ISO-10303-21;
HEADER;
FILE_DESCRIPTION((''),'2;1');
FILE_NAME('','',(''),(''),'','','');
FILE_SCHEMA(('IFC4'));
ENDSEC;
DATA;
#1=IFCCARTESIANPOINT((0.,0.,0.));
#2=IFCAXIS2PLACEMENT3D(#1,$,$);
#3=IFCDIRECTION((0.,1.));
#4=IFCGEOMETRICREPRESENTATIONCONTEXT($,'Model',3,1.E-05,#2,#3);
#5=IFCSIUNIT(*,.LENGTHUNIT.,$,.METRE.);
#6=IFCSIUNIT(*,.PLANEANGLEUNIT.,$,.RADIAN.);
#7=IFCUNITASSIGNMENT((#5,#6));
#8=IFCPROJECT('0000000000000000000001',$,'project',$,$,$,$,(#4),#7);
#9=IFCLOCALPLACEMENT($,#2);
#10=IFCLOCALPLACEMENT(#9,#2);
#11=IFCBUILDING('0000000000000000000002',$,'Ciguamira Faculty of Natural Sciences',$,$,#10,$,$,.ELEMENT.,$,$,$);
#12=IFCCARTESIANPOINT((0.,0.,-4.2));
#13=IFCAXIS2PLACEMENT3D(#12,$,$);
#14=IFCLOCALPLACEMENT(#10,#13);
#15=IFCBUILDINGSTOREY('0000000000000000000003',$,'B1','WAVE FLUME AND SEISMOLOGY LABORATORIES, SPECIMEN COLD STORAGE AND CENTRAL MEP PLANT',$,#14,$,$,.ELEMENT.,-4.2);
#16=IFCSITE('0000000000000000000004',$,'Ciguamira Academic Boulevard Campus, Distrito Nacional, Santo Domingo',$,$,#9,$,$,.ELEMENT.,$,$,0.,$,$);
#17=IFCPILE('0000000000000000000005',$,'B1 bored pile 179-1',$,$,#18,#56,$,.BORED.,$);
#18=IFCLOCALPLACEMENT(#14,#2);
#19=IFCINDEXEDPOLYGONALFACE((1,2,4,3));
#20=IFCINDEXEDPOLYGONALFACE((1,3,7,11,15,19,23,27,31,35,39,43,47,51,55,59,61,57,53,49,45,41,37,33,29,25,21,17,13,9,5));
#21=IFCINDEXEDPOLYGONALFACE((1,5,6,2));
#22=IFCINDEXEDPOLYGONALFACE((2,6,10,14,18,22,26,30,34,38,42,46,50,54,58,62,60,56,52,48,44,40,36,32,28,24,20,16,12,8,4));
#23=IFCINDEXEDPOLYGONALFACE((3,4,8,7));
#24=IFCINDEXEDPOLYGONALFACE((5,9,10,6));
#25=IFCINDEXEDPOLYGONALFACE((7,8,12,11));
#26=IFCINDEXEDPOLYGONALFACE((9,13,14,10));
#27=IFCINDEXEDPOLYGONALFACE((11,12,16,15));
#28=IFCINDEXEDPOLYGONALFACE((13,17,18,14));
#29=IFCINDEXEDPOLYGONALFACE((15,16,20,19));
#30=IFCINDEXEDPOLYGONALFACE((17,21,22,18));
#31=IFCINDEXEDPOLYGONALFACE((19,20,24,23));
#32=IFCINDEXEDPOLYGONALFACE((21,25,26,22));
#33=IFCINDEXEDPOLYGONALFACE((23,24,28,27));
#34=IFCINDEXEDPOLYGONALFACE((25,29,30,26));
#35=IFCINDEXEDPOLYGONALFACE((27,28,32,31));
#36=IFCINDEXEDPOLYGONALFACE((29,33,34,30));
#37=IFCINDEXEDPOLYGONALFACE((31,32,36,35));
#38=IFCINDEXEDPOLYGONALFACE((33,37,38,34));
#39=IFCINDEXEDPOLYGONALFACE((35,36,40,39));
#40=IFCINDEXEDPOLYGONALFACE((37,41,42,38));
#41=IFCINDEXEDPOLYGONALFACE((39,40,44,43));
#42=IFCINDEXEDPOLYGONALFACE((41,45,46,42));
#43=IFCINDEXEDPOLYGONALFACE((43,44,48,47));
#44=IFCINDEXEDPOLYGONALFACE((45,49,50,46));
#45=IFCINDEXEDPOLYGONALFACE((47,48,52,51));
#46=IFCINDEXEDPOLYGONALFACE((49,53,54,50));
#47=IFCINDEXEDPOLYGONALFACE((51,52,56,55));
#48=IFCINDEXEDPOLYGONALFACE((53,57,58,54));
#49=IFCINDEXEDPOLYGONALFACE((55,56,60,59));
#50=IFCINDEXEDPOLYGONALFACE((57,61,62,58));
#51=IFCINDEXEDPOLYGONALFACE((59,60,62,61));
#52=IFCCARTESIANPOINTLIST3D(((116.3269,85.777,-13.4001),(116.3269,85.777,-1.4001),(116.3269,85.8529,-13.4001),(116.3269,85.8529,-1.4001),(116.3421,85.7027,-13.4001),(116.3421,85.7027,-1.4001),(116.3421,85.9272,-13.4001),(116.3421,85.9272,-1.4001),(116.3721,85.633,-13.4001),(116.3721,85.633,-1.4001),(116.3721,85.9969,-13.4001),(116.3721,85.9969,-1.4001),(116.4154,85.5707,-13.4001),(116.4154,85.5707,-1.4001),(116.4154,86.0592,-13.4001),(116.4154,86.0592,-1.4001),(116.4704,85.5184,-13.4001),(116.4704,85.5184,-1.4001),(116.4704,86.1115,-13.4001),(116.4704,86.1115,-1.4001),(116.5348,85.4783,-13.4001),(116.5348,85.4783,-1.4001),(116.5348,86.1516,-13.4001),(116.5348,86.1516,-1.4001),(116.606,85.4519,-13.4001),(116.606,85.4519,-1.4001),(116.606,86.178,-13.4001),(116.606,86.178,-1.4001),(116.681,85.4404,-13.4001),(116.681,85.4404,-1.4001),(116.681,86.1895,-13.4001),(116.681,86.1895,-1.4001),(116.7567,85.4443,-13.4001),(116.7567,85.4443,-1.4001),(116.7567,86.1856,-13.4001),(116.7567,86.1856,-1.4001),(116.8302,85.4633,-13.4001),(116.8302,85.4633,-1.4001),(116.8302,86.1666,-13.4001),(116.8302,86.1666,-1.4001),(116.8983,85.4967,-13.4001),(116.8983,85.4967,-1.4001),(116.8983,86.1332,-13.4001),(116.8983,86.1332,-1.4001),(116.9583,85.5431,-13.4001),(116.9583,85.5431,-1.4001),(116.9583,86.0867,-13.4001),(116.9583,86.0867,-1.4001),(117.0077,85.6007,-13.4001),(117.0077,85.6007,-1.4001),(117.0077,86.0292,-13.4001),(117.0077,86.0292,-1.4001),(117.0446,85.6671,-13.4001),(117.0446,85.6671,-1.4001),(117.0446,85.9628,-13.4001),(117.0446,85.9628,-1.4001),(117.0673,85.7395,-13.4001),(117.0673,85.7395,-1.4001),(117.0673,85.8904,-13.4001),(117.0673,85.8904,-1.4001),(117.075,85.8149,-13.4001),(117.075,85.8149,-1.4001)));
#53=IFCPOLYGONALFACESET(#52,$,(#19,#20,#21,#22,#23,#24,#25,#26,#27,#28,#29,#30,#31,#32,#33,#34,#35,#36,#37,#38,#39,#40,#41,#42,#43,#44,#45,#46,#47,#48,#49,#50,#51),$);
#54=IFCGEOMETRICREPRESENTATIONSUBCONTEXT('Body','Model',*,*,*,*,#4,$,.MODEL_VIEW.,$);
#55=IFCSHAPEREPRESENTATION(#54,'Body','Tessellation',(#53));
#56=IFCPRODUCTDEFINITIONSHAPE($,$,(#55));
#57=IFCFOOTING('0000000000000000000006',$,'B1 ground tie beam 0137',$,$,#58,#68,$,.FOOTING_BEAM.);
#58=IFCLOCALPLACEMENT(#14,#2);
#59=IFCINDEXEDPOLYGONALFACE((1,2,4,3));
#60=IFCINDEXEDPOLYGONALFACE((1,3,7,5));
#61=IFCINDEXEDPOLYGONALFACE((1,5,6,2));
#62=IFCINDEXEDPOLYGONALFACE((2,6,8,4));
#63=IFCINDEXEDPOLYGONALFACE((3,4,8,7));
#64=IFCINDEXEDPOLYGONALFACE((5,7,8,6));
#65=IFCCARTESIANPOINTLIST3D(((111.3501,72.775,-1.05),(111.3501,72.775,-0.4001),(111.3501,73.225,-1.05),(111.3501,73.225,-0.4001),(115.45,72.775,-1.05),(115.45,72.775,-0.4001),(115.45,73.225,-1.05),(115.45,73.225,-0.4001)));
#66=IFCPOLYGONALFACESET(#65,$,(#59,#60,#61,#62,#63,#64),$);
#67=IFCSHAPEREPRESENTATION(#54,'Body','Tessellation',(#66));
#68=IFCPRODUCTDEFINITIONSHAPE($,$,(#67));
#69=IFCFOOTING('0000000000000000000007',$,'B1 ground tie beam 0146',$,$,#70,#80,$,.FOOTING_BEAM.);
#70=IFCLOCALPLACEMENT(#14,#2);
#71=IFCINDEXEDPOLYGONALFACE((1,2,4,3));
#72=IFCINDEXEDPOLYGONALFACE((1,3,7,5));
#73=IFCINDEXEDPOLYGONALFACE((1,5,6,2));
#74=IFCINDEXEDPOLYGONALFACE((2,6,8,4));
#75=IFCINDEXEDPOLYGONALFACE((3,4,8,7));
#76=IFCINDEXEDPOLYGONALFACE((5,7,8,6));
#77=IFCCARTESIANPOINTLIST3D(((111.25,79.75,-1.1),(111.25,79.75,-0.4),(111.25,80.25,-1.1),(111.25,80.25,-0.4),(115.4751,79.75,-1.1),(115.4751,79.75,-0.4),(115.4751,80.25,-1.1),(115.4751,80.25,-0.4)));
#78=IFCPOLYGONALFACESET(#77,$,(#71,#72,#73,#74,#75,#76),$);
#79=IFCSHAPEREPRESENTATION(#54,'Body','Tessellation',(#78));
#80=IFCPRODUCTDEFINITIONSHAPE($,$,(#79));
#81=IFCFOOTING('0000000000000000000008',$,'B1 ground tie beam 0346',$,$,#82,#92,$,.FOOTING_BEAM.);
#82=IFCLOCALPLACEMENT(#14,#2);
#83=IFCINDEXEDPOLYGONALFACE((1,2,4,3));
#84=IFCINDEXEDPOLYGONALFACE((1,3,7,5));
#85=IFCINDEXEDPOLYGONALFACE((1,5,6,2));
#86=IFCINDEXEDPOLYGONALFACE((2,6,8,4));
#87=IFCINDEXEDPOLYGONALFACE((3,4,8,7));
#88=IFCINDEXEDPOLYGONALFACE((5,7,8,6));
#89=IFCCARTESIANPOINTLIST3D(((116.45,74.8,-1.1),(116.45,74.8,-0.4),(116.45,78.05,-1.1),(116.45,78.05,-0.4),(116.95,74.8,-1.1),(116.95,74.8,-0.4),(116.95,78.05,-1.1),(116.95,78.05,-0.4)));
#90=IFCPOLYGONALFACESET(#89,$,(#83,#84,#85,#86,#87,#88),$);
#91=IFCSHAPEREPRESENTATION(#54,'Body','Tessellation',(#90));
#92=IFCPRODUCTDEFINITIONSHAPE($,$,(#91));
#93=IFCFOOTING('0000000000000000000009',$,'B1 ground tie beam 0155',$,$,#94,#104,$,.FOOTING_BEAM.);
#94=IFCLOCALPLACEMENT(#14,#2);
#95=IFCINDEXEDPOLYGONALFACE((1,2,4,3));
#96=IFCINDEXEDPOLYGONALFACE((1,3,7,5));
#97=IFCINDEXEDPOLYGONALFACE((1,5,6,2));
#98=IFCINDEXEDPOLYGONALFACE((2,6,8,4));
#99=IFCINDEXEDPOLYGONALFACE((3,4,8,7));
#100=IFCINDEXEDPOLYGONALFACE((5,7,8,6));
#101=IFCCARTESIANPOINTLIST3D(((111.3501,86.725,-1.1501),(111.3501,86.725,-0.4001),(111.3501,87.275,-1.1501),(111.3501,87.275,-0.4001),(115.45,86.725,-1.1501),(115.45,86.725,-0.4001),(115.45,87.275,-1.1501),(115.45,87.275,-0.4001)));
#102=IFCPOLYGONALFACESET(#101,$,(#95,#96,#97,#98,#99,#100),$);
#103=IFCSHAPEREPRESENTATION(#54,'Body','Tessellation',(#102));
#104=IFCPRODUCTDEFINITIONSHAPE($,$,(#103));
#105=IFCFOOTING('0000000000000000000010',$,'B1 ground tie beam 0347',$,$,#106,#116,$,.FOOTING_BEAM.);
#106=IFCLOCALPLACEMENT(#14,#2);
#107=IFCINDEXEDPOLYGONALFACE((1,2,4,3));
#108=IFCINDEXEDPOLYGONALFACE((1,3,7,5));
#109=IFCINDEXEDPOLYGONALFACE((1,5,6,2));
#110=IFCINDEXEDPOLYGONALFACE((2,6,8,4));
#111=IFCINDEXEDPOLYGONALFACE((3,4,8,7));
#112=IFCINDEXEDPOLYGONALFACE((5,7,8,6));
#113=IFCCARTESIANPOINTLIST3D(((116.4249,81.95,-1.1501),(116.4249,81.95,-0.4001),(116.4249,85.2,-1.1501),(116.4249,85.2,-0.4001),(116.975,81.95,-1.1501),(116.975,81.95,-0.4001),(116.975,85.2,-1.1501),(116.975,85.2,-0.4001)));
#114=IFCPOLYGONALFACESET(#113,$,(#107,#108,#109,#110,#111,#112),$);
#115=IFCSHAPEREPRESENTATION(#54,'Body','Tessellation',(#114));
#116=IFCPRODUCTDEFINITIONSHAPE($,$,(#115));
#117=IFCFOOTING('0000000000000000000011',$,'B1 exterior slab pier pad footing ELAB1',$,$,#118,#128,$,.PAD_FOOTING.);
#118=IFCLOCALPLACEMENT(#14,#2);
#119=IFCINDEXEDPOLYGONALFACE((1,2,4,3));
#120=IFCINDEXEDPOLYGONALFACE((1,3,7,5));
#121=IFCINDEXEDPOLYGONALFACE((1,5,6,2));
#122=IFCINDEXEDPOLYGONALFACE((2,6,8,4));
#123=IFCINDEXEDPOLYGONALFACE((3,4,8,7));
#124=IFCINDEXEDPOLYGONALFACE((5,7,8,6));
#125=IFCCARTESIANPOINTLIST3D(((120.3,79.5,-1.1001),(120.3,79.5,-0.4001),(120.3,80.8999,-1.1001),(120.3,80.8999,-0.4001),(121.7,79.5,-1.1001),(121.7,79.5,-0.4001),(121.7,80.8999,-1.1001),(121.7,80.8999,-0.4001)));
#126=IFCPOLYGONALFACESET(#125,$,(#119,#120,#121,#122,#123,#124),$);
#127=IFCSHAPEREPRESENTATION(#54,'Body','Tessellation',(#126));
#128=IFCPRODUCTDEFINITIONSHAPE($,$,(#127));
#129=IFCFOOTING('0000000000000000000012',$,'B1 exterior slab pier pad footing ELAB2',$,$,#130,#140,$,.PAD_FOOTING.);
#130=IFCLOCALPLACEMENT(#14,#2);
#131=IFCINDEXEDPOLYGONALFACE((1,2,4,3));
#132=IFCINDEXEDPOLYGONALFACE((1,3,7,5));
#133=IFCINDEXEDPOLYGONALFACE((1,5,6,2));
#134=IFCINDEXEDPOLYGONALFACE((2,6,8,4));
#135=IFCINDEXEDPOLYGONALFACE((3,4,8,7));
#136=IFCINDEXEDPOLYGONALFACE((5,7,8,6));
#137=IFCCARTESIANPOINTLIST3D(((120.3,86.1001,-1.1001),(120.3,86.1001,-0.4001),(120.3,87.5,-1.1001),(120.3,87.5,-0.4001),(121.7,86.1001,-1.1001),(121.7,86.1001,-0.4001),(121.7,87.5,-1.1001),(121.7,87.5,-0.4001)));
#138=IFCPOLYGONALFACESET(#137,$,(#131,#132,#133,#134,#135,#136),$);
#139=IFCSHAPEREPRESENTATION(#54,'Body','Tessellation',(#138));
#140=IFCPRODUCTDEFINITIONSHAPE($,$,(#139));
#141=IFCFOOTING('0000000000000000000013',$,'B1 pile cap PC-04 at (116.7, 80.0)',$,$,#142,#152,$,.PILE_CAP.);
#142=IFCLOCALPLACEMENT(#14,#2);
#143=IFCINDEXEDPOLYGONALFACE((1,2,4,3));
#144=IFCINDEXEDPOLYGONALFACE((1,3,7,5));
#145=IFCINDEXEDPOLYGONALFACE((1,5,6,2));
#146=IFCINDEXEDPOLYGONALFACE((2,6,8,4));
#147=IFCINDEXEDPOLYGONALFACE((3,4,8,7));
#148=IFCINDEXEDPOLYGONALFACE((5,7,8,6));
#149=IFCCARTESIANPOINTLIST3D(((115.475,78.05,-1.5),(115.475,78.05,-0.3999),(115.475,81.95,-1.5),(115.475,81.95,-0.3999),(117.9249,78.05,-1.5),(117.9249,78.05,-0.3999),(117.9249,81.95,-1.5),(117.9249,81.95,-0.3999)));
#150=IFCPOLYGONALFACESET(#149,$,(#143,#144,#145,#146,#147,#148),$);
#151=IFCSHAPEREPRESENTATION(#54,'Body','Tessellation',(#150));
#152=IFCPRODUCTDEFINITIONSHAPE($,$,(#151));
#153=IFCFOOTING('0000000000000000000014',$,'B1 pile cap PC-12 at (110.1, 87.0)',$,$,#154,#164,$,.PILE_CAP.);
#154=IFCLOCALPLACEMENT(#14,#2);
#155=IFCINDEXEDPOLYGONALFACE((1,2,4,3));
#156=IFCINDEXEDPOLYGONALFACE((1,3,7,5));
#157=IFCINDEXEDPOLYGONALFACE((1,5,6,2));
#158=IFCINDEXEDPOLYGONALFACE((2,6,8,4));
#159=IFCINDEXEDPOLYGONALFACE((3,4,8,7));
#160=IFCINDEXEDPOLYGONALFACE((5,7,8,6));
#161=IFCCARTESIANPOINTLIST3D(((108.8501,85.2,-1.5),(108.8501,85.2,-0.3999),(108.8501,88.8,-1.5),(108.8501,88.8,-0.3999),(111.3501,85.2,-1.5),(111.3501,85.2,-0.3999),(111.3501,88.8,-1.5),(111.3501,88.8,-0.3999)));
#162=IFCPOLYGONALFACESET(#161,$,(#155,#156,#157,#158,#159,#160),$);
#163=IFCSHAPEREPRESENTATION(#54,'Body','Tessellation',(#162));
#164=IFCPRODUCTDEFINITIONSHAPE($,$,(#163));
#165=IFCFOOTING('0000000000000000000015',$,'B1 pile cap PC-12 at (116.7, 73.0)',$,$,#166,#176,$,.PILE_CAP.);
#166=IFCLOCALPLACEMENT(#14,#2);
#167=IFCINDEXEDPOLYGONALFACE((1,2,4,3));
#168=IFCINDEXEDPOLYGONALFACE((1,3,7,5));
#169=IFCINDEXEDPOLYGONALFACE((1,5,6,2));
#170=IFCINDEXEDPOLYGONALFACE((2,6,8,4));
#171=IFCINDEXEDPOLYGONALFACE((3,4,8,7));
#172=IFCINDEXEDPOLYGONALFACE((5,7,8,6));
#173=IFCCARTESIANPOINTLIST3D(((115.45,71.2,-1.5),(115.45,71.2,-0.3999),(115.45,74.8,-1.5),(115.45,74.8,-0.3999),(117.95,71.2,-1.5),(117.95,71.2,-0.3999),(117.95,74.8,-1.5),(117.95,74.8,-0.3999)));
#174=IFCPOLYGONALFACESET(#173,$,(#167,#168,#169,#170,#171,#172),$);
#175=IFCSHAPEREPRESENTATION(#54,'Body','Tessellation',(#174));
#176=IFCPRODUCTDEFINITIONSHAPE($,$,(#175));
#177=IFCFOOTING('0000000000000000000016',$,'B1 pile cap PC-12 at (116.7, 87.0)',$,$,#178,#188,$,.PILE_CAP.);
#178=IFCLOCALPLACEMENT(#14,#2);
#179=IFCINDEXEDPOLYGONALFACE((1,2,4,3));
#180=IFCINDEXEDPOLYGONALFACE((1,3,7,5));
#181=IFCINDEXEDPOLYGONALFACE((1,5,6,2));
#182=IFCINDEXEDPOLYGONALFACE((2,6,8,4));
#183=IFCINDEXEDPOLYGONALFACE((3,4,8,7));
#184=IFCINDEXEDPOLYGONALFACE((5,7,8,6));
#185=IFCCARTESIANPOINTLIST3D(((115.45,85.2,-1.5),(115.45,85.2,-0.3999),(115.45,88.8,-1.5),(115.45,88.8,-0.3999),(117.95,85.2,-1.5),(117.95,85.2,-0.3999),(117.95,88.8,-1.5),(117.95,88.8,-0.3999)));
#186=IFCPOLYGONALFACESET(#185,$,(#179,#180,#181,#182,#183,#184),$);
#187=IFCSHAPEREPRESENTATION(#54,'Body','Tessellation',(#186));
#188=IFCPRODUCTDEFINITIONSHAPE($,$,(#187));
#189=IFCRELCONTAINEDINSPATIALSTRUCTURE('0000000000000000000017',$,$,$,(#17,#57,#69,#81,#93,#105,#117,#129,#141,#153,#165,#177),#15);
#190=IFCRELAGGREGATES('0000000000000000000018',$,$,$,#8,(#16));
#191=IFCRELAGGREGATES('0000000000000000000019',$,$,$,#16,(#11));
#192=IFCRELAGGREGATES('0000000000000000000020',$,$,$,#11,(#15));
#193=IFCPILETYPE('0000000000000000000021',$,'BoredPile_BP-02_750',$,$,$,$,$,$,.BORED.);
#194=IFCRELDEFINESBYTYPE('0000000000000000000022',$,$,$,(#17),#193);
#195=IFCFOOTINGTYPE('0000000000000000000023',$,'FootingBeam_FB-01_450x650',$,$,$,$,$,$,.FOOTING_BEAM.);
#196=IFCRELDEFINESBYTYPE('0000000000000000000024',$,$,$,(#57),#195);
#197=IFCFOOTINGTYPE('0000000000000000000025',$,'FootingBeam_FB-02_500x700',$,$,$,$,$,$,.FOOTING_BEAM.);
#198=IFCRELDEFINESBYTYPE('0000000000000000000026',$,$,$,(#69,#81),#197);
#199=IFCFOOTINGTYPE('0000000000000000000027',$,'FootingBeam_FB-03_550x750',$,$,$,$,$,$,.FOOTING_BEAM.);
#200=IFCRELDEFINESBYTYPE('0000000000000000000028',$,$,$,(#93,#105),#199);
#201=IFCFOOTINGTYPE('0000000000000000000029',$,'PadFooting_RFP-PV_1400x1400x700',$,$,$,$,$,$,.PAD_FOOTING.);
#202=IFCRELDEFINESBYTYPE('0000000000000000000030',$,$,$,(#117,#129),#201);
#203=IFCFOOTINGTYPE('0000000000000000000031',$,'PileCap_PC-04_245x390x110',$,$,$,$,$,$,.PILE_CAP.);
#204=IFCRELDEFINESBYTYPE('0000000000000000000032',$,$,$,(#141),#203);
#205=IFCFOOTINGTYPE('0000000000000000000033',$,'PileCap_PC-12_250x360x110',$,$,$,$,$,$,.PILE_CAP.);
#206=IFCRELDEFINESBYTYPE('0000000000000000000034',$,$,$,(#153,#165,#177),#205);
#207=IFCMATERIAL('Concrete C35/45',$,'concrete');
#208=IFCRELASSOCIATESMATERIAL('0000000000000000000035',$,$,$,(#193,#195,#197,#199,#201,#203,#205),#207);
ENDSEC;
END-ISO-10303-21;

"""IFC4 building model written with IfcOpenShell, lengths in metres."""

from ifc_helpers import new_model, si_unit, direction, frame, origin, origin_2d, place, context, subcontext, project, spatial, rectangle, circle, extrude, material, material_profile, profile_set, type_object, element, save


model = new_model("IFC4")

# Units and contexts
model_context = context("Model", 3, precision=1e-05, world=origin(), true_north=direction((0.0, 1.0)))
body_context = subcontext(model_context, "Body", "Model", "MODEL_VIEW")
ifc_project = project(units=[si_unit("LENGTHUNIT", "METRE"), si_unit("PLANEANGLEUNIT", "RADIAN")], contexts=[model_context])

# Site, building, storey
site_placement = place(None, origin())
site = spatial("IfcSite", under=ifc_project, at=site_placement, Name="Ciguamira Academic Boulevard Campus, Distrito Nacional, Santo Domingo", CompositionType="ELEMENT", RefElevation=0.0)
building_placement = place(site_placement, origin())
building = spatial("IfcBuilding", under=site, at=building_placement, Name="Ciguamira Faculty of Natural Sciences", CompositionType="ELEMENT")
storey_placement = place(building_placement, frame((0.0, 0.0, -4.2)))
storey = spatial("IfcBuildingStorey", under=building, at=storey_placement, Name="B1", Description="WAVE FLUME AND SEISMOLOGY LABORATORIES, SPECIMEN COLD STORAGE AND CENTRAL MEP PLANT", CompositionType="ELEMENT", Elevation=-4.2)

# Pile
ifc_material_1 = material(Name="Concrete C35/45", Category="concrete")
ifc_material_profile_1 = material_profile(ifc_material_1, circle(Radius=0.375, at=origin_2d()), Name="PILE-BORED-750")
ifc_profile_set_1 = profile_set([ifc_material_profile_1], Name="Concrete C35/45")
pile_type = type_object("IfcPileType", Name="BoredPile_BP-02_750", PredefinedType="BORED", material=ifc_profile_set_1)
for number, where, z_axis, x_axis, name in (
    (1, (116.7, 85.8149, -1.4001), (0.0, 0.0, -1.0), (1.0, 0.0, 0.0), "B1 bored pile 179-1"),
):
    element("IfcPile", number, at=place(storey_placement, frame(where, z_axis=z_axis, x_axis=x_axis)), inside=storey, type_object=pile_type, Name=name, PredefinedType="BORED", context=body_context, shape_type="SweptSolid", body=[
        extrude(circle(Radius=0.375, at=origin_2d()), origin(), (0.0, 0.0, 1.0), 12.0),
    ])

# Footings
ifc_material_profile_2 = material_profile(ifc_material_1, rectangle(XDim=0.45, YDim=0.6499, at=origin_2d()), Name="RC-FB-450X650")
ifc_profile_set_2 = profile_set([ifc_material_profile_2], Name="Concrete C35/45")
footing_type_1 = type_object("IfcFootingType", Name="FootingBeam_FB-01_450x650", PredefinedType="FOOTING_BEAM", material=ifc_profile_set_2)
footing_1_placement = place(storey_placement, frame((111.3501, 73.0, -0.7251), z_axis=(1.0, 0.0, 0.0), x_axis=(0.0, 1.0, 0.0)))
element("IfcFooting", 2, at=footing_1_placement, inside=storey, type_object=footing_type_1, Name="B1 ground tie beam 0137", PredefinedType="FOOTING_BEAM", context=body_context, shape_type="SweptSolid", body=[
    extrude(rectangle(XDim=0.45, YDim=0.6499, at=origin_2d()), origin(), (0.0, 0.0, 1.0), 4.0999),
])
ifc_material_profile_3 = material_profile(ifc_material_1, rectangle(XDim=0.5, YDim=0.7, at=origin_2d()), Name="RC-FB-500X700")
ifc_profile_set_3 = profile_set([ifc_material_profile_3], Name="Concrete C35/45")
footing_type_2 = type_object("IfcFootingType", Name="FootingBeam_FB-02_500x700", PredefinedType="FOOTING_BEAM", material=ifc_profile_set_3)
footing_2_placement = place(storey_placement, frame((111.25, 80.0, -0.75), z_axis=(1.0, 0.0, 0.0), x_axis=(0.0, 1.0, 0.0)))
element("IfcFooting", 3, at=footing_2_placement, inside=storey, type_object=footing_type_2, Name="B1 ground tie beam 0146", PredefinedType="FOOTING_BEAM", context=body_context, shape_type="SweptSolid", body=[
    extrude(rectangle(XDim=0.5, YDim=0.7, at=origin_2d()), origin(), (0.0, 0.0, 1.0), 4.2251),
])
footing_3_placement = place(storey_placement, frame((116.7, 74.8, -0.75), z_axis=(0.0, 1.0, 0.0), x_axis=(-1.0, 0.0, 0.0)))
element("IfcFooting", 4, at=footing_3_placement, inside=storey, type_object=footing_type_2, Name="B1 ground tie beam 0346", PredefinedType="FOOTING_BEAM", context=body_context, shape_type="SweptSolid", body=[
    extrude(rectangle(XDim=0.5, YDim=0.7, at=origin_2d()), origin(), (0.0, 0.0, 1.0), 3.25),
])
ifc_material_profile_4 = material_profile(ifc_material_1, rectangle(XDim=0.55, YDim=0.75, at=origin_2d()), Name="RC-FB-550X750")
ifc_profile_set_4 = profile_set([ifc_material_profile_4], Name="Concrete C35/45")
footing_type_3 = type_object("IfcFootingType", Name="FootingBeam_FB-03_550x750", PredefinedType="FOOTING_BEAM", material=ifc_profile_set_4)
footing_4_placement = place(storey_placement, frame((111.3501, 87.0, -0.7751), z_axis=(1.0, 0.0, 0.0), x_axis=(0.0, 1.0, 0.0)))
element("IfcFooting", 5, at=footing_4_placement, inside=storey, type_object=footing_type_3, Name="B1 ground tie beam 0155", PredefinedType="FOOTING_BEAM", context=body_context, shape_type="SweptSolid", body=[
    extrude(rectangle(XDim=0.55, YDim=0.75, at=origin_2d()), origin(), (0.0, 0.0, 1.0), 4.0999),
])
footing_5_placement = place(storey_placement, frame((116.7, 81.95, -0.7751), z_axis=(0.0, 1.0, 0.0), x_axis=(-1.0, 0.0, 0.0)))
element("IfcFooting", 6, at=footing_5_placement, inside=storey, type_object=footing_type_3, Name="B1 ground tie beam 0347", PredefinedType="FOOTING_BEAM", context=body_context, shape_type="SweptSolid", body=[
    extrude(rectangle(XDim=0.55, YDim=0.75, at=origin_2d()), origin(), (0.0, 0.0, 1.0), 3.25),
])
footing_type_4 = type_object("IfcFootingType", Name="PadFooting_RFP-PV_1400x1400x700", PredefinedType="PAD_FOOTING", material=ifc_material_1)
for number, where, z_axis, x_axis, name in (
    (7, (121.0, 80.2, -1.1001), (0.0, 0.0, 1.0), (1.0, 0.0, 0.0), "B1 exterior slab pier pad footing ELAB1"),
    (8, (121.0, 86.8, -1.1001), (0.0, 0.0, 1.0), (1.0, 0.0, 0.0), "B1 exterior slab pier pad footing ELAB2"),
):
    element("IfcFooting", number, at=place(storey_placement, frame(where, z_axis=z_axis, x_axis=x_axis)), inside=storey, type_object=footing_type_4, Name=name, PredefinedType="PAD_FOOTING", context=body_context, shape_type="SweptSolid", body=[
        extrude(rectangle(XDim=1.3999, YDim=1.3999, at=origin_2d()), origin(), (0.0, 0.0, 1.0), 0.7),
    ])
footing_type_5 = type_object("IfcFootingType", Name="PileCap_PC-04_245x390x110", PredefinedType="PILE_CAP", material=ifc_material_1)
footing_6_placement = place(storey_placement, frame((116.7, 80.0, -1.5), z_axis=(0.0, 0.0, 1.0), x_axis=(1.0, 0.0, 0.0)))
element("IfcFooting", 9, at=footing_6_placement, inside=storey, type_object=footing_type_5, Name="B1 pile cap PC-04 at (116.7, 80.0)", PredefinedType="PILE_CAP", context=body_context, shape_type="SweptSolid", body=[
    extrude(rectangle(XDim=2.45, YDim=3.8999, at=origin_2d()), origin(), (0.0, 0.0, 1.0), 1.1001),
])
footing_type_6 = type_object("IfcFootingType", Name="PileCap_PC-12_250x360x110", PredefinedType="PILE_CAP", material=ifc_material_1)
for number, where, z_axis, x_axis, name in (
    (10, (110.1001, 87.0, -1.5), (0.0, 0.0, 1.0), (1.0, 0.0, 0.0), "B1 pile cap PC-12 at (110.1, 87.0)"),
    (11, (116.7, 73.0, -1.5), (0.0, 0.0, 1.0), (1.0, 0.0, 0.0), "B1 pile cap PC-12 at (116.7, 73.0)"),
    (12, (116.7, 87.0, -1.5), (0.0, 0.0, 1.0), (1.0, 0.0, 0.0), "B1 pile cap PC-12 at (116.7, 87.0)"),
):
    element("IfcFooting", number, at=place(storey_placement, frame(where, z_axis=z_axis, x_axis=x_axis)), inside=storey, type_object=footing_type_6, Name=name, PredefinedType="PILE_CAP", context=body_context, shape_type="SweptSolid", body=[
        extrude(rectangle(XDim=2.5, YDim=3.6001, at=origin_2d()), origin(), (0.0, 0.0, 1.0), 1.1001),
    ])

save(model, "model.ifc")
